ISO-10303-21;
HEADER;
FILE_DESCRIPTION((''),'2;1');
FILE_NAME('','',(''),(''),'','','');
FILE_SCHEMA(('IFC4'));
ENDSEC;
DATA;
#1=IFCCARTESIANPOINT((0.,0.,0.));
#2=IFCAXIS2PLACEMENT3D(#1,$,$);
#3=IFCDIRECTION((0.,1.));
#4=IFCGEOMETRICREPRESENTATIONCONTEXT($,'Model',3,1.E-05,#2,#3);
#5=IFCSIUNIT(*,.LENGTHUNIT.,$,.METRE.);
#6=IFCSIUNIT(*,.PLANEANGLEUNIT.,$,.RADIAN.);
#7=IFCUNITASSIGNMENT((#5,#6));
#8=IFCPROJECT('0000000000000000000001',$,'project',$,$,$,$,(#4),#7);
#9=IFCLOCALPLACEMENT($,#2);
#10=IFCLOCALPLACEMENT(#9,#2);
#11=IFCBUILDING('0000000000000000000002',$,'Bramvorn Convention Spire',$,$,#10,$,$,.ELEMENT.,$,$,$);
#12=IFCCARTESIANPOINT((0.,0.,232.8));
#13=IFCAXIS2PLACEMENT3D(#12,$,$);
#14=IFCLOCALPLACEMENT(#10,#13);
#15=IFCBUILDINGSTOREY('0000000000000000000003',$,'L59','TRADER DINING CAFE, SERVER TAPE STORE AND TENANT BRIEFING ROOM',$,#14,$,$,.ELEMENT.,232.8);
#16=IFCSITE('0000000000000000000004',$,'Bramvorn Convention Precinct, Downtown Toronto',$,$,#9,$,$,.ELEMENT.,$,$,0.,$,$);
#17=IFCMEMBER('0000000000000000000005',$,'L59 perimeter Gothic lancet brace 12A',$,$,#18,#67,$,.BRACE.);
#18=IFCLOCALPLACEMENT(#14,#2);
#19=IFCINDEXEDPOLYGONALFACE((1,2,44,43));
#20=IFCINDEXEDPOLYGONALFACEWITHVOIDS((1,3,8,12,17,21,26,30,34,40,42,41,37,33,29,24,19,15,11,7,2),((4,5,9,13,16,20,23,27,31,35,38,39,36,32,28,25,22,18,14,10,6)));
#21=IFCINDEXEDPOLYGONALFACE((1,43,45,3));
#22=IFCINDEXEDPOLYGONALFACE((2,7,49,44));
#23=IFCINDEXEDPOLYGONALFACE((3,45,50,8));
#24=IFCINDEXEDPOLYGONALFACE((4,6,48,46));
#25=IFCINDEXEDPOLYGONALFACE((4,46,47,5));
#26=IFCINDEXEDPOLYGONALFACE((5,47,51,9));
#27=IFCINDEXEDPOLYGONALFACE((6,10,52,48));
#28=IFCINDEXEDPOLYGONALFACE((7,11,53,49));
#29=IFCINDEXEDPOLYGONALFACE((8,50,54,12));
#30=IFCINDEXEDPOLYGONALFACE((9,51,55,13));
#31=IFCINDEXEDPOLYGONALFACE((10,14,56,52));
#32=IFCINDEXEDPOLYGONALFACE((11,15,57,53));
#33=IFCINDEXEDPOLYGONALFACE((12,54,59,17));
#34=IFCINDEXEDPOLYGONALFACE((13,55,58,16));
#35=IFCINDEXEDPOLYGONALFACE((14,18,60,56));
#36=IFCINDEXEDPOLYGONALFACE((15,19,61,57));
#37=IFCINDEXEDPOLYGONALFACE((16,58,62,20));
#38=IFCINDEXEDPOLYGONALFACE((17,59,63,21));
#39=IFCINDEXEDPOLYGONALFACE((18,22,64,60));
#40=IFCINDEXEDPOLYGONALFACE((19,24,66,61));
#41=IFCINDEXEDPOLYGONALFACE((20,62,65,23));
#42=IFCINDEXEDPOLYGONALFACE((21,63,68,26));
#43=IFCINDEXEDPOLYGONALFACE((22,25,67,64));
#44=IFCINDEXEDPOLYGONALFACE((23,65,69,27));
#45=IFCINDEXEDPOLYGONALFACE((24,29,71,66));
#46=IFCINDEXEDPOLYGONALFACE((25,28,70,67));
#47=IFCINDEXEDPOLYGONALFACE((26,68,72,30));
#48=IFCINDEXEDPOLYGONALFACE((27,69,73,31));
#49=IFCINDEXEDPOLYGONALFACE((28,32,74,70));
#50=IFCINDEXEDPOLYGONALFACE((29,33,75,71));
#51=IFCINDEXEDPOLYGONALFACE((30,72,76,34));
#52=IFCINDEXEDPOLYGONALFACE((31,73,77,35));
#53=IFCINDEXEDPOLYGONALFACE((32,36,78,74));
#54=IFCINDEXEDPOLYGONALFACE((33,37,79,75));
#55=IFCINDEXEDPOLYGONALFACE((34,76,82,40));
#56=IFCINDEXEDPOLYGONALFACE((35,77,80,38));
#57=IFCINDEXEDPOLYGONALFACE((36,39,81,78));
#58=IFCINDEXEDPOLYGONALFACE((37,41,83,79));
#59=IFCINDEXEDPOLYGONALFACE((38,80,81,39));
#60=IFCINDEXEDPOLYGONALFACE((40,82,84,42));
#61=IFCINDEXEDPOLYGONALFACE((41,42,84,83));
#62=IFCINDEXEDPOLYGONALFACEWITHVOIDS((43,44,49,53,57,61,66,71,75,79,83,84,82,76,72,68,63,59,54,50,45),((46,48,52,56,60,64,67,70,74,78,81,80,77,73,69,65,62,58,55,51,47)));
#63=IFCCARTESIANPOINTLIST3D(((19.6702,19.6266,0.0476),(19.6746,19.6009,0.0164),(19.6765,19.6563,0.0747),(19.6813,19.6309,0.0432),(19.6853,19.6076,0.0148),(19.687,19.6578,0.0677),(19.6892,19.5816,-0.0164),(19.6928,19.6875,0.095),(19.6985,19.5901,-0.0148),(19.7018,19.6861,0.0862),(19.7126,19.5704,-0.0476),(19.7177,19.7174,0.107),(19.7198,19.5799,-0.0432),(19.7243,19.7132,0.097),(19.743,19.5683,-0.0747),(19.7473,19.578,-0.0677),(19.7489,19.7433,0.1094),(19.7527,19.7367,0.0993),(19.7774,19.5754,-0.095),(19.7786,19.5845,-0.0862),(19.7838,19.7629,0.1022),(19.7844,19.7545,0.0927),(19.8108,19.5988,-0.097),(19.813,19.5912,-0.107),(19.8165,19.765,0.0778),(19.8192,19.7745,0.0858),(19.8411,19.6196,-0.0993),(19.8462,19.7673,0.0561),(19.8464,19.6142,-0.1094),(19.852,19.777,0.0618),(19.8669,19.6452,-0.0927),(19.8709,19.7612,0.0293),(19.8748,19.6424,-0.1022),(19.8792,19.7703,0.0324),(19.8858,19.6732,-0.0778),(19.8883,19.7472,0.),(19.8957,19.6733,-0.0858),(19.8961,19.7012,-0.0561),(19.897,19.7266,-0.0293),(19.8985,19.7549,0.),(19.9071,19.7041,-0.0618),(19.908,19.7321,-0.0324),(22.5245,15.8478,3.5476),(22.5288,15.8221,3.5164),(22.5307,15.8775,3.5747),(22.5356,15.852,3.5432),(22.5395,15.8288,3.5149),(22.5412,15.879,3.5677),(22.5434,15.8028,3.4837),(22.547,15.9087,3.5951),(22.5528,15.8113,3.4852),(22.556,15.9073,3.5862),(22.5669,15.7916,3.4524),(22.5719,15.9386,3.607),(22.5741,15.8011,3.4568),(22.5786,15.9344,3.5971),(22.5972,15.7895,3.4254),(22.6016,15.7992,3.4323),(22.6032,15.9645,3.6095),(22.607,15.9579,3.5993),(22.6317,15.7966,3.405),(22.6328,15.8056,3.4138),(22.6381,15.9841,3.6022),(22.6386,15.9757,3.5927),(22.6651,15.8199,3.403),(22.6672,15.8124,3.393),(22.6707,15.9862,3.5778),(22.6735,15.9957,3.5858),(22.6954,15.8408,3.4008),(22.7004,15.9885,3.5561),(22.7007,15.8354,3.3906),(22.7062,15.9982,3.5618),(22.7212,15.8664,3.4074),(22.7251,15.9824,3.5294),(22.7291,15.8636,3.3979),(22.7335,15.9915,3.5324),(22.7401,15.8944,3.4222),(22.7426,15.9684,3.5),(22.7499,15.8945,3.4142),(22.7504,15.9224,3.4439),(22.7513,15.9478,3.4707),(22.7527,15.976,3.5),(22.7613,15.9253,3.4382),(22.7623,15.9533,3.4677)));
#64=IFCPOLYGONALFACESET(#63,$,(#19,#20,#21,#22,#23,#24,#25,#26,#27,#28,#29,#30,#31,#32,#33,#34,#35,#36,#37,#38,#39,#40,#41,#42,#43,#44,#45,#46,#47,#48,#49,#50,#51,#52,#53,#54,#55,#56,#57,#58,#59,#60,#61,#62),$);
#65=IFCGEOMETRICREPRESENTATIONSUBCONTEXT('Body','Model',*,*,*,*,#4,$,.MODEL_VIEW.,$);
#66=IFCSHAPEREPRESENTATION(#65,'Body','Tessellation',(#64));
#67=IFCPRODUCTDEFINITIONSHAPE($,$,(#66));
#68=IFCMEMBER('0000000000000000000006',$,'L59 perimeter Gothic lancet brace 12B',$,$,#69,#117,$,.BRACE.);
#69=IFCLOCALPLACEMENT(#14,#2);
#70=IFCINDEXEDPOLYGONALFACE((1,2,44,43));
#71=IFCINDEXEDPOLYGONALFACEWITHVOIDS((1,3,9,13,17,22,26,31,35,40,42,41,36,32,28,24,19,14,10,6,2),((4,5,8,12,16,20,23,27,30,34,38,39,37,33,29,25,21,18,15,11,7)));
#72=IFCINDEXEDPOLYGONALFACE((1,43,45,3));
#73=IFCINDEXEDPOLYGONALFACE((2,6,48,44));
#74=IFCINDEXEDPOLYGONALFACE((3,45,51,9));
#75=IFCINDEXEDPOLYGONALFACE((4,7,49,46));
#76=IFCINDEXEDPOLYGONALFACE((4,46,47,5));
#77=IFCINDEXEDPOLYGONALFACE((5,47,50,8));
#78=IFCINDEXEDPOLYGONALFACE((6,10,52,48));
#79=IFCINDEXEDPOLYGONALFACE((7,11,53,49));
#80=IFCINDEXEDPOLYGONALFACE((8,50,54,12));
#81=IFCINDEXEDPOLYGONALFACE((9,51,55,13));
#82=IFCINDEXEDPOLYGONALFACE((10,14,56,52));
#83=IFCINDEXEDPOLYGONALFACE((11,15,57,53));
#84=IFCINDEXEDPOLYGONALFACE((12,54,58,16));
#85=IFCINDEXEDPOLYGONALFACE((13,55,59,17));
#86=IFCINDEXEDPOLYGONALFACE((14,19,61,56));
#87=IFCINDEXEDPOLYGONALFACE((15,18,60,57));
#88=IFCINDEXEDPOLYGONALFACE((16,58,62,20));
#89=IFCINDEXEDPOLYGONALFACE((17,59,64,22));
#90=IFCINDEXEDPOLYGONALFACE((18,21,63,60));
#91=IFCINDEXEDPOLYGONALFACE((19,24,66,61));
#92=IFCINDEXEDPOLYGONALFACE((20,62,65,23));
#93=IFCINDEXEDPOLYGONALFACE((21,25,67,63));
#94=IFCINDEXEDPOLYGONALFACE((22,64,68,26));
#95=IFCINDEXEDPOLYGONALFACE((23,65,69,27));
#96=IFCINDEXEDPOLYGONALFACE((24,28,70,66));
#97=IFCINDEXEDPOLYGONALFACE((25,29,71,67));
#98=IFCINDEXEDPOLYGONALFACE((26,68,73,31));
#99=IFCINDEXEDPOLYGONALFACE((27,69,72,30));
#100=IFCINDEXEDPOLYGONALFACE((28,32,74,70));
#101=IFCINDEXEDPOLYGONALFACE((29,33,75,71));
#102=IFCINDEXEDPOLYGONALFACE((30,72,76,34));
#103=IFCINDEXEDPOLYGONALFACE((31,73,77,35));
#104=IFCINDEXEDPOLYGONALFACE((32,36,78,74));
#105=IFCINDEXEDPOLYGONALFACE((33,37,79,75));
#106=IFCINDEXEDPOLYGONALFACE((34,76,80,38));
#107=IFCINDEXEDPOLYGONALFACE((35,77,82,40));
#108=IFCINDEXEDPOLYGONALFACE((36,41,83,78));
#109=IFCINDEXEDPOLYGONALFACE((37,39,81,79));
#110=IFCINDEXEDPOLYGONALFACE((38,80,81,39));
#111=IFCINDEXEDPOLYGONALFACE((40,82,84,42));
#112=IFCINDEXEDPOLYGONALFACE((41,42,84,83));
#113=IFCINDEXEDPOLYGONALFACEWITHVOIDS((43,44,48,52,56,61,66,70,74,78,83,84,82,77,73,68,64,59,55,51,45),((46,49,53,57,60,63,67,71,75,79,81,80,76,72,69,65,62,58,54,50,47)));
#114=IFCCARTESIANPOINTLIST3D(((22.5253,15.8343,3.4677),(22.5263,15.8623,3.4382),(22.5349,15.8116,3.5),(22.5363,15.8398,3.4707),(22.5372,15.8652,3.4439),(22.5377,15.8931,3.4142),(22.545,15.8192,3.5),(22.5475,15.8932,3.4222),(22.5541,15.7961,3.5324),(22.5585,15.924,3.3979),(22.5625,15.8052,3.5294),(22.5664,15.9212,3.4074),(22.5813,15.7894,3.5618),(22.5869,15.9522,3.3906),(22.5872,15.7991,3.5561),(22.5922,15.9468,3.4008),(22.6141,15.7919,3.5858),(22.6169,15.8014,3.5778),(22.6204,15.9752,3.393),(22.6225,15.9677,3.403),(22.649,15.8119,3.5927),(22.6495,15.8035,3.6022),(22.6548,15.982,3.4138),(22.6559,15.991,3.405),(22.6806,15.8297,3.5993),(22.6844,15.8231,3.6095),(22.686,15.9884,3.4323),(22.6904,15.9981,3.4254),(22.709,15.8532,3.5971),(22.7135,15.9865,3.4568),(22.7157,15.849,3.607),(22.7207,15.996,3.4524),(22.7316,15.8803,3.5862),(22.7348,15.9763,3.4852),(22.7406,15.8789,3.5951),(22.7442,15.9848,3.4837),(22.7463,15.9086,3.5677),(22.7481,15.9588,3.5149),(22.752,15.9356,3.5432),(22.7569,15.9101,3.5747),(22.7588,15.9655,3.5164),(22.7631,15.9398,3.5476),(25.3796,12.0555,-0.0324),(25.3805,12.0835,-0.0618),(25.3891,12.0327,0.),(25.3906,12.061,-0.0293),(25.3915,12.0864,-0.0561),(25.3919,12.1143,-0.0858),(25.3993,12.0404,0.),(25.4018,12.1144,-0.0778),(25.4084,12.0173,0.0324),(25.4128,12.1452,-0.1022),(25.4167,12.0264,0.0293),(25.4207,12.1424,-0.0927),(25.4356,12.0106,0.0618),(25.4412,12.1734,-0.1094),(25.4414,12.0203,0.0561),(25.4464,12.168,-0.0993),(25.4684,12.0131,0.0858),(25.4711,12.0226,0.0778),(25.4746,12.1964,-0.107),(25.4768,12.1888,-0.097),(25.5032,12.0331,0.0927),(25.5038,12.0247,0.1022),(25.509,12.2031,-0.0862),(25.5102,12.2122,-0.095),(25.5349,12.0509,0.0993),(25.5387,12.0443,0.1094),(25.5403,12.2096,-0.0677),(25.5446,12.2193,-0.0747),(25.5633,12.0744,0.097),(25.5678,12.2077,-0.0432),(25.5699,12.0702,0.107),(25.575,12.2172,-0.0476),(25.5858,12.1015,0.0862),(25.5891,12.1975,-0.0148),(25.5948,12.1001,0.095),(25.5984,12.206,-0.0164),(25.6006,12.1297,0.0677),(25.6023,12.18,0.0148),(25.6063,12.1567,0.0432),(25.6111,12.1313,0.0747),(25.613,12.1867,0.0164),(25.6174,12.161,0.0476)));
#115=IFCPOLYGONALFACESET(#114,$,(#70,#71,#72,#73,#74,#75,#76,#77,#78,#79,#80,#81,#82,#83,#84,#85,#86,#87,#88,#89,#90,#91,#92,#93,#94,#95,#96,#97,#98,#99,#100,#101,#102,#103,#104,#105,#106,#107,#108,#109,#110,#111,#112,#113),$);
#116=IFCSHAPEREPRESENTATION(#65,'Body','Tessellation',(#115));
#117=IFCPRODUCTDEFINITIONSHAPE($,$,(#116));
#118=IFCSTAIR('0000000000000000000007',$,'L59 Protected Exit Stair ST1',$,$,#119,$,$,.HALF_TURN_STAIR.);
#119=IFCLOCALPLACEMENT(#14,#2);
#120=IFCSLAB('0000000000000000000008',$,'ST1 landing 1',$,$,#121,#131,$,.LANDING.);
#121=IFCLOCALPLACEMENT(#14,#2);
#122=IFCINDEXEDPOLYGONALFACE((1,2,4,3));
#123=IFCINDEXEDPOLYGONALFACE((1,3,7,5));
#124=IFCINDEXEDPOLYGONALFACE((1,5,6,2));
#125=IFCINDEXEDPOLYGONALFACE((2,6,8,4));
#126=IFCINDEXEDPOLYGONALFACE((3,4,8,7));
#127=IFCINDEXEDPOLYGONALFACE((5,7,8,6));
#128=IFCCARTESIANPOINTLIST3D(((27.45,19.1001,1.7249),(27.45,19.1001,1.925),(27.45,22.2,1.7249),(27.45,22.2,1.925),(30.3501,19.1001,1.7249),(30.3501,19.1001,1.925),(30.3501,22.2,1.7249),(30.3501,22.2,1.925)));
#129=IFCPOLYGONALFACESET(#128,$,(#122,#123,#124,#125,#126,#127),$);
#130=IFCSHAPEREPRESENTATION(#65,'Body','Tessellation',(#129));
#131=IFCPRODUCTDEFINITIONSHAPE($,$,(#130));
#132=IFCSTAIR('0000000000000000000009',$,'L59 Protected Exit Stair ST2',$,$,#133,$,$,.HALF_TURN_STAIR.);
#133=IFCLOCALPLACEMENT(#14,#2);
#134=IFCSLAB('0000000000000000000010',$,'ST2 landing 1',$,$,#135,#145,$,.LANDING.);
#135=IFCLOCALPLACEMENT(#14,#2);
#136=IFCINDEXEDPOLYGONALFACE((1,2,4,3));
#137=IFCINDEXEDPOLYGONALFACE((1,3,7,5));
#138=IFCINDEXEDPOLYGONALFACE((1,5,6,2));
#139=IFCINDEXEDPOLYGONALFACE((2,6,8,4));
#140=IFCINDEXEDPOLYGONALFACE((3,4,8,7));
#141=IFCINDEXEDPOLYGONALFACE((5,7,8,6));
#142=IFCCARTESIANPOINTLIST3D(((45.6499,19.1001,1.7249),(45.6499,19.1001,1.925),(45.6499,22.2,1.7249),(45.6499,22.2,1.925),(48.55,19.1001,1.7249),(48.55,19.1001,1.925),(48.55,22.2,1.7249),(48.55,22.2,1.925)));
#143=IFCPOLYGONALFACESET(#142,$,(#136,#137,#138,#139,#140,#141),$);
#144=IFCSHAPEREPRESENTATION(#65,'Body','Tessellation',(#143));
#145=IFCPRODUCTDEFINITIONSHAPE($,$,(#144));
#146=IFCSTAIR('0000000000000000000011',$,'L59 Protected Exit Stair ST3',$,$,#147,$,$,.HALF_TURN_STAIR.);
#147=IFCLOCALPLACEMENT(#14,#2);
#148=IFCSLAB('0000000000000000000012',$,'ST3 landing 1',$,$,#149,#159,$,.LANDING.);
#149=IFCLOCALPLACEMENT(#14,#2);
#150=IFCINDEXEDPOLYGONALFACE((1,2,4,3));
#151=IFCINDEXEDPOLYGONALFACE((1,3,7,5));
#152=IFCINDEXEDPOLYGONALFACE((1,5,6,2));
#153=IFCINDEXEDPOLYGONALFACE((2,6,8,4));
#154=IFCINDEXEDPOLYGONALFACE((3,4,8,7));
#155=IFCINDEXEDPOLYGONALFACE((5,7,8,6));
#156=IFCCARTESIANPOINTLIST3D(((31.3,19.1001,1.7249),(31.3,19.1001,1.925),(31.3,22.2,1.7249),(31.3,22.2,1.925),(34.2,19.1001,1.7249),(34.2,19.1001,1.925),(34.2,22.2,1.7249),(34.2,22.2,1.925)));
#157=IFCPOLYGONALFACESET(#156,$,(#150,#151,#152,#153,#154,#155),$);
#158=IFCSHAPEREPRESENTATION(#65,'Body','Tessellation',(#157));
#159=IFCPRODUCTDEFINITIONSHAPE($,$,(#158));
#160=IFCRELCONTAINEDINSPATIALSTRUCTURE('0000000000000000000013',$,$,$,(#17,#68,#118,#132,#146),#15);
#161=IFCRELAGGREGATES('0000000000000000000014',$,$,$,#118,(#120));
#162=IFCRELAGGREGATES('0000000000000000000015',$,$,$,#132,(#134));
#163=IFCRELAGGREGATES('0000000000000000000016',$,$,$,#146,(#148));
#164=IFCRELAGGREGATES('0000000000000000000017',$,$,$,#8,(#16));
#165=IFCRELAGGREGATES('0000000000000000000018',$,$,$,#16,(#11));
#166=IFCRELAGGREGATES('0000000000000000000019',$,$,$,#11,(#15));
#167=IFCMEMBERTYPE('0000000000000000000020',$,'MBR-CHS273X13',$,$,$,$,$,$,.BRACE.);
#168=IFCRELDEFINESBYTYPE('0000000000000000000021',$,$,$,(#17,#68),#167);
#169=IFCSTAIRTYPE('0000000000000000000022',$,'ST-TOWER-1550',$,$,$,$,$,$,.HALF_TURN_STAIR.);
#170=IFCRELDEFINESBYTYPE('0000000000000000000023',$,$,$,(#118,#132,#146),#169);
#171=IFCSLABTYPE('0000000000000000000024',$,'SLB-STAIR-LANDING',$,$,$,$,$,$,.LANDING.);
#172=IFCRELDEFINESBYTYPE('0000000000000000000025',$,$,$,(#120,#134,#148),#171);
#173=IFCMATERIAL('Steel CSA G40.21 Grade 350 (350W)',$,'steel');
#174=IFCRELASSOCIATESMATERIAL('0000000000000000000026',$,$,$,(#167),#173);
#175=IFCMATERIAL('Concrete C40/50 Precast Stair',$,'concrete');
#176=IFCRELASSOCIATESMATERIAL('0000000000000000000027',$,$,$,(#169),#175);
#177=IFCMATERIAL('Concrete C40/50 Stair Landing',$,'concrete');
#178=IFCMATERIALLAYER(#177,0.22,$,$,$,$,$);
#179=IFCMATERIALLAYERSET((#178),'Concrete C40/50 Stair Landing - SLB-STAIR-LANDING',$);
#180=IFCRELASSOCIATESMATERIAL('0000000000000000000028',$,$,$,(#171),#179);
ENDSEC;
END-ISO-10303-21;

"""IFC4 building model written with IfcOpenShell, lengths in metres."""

from ifc_helpers import new_model, si_unit, direction, frame, origin, origin_2d, place, context, subcontext, project, spatial, polyline, hollow_circle, outline, extrude, material, layer, layer_set, material_profile, profile_set, type_object, element, aggregate, save


model = new_model("IFC4")

# Units and contexts
model_context = context("Model", 3, precision=1e-05, world=origin(), true_north=direction((0.0, 1.0)))
body_context = subcontext(model_context, "Body", "Model", "MODEL_VIEW")
ifc_project = project(units=[si_unit("LENGTHUNIT", "METRE"), si_unit("PLANEANGLEUNIT", "RADIAN")], contexts=[model_context])

# Site, building, storey
site_placement = place(None, origin())
site = spatial("IfcSite", under=ifc_project, at=site_placement, Name="Bramvorn Convention Precinct, Downtown Toronto", CompositionType="ELEMENT", RefElevation=0.0)
building_placement = place(site_placement, origin())
building = spatial("IfcBuilding", under=site, at=building_placement, Name="Bramvorn Convention Spire", CompositionType="ELEMENT")
storey_placement = place(building_placement, frame((0.0, 0.0, 232.8)))
storey = spatial("IfcBuildingStorey", under=building, at=storey_placement, Name="L59", Description="TRADER DINING CAFE, SERVER TAPE STORE AND TENANT BRIEFING ROOM", CompositionType="ELEMENT", Elevation=232.8)

# Shared definitions
ifc_material_1 = material(Name="Steel CSA G40.21 Grade 350 (350W)", Category="steel")

# Members
ifc_material_profile_1 = material_profile(ifc_material_1, hollow_circle(Radius=0.1365, WallThickness=0.0127, at=origin_2d()))
ifc_profile_set_1 = profile_set([ifc_material_profile_1], Name="Steel CSA G40.21 Grade 350 (350W) - CHS273X13")
member_type_1 = type_object("IfcMemberType", Name="MBR-CHS273X13", PredefinedType="BRACE", material=ifc_profile_set_1)
for number, where, z_axis, x_axis, name in (
    (1, (19.7896, 19.6726, 0.0), (0.484704, -0.641711, 0.594364), (0.797954, 0.602719, 0.0), "L59 perimeter Gothic lancet brace 12A"),
    (2, (25.498, 12.115, 0.0), (-0.484704, 0.641711, 0.594364), (-0.797954, -0.602719, 0.0), "L59 perimeter Gothic lancet brace 12B"),
):
    element("IfcMember", number, at=place(storey_placement, frame(where, z_axis=z_axis, x_axis=x_axis)), inside=storey, type_object=member_type_1, Name=name, PredefinedType="BRACE", context=body_context, shape_type="SweptSolid", body=[
        extrude(hollow_circle(Radius=0.1365, WallThickness=0.0127, at=origin_2d()), origin(), (0.0, 0.0, 1.0), 5.8887),
    ])

# Stairs, slabs
ifc_material_2 = material(Name="Concrete C40/50 Precast Stair", Category="concrete")
stair_type = type_object("IfcStairType", Name="ST-TOWER-1550", PredefinedType="HALF_TURN_STAIR", material=ifc_material_2)
stair_1_placement = place(storey_placement, origin())
stair_1 = element("IfcStair", 3, at=stair_1_placement, inside=storey, type_object=stair_type, Name="L59 Protected Exit Stair ST1", PredefinedType="HALF_TURN_STAIR")
ifc_material_3 = material(Name="Concrete C40/50 Stair Landing", Category="concrete")
ifc_layer_1 = layer(ifc_material_3, 0.22)
ifc_layer_set_1 = layer_set([ifc_layer_1], Name="Concrete C40/50 Stair Landing - SLB-STAIR-LANDING")
slab_type_1 = type_object("IfcSlabType", Name="SLB-STAIR-LANDING", PredefinedType="LANDING", material=ifc_layer_set_1)
slab_1_placement = place(storey_placement, frame((0.0, 0.0, 1.7249)))
slab_1 = element("IfcSlab", 4, at=slab_1_placement, type_object=slab_type_1, Name="ST1 landing 1", PredefinedType="LANDING", context=body_context, shape_type="SweptSolid", body=[
    extrude(outline(polyline([(27.45, 22.2), (27.45, 19.1001), (30.3501, 19.1001), (30.3501, 22.2), (27.45, 22.2)])), origin(), (0.0, 0.0, 1.0), 0.2002),
])
aggregate(stair_1, [slab_1])
stair_2_placement = place(storey_placement, origin())
stair_2 = element("IfcStair", 5, at=stair_2_placement, inside=storey, type_object=stair_type, Name="L59 Protected Exit Stair ST2", PredefinedType="HALF_TURN_STAIR")
slab_2_placement = place(storey_placement, frame((0.0, 0.0, 1.7249)))
slab_2 = element("IfcSlab", 6, at=slab_2_placement, type_object=slab_type_1, Name="ST2 landing 1", PredefinedType="LANDING", context=body_context, shape_type="SweptSolid", body=[
    extrude(outline(polyline([(45.6499, 22.2), (45.6499, 19.1001), (48.55, 19.1001), (48.55, 22.2), (45.6499, 22.2)])), origin(), (0.0, 0.0, 1.0), 0.2002),
])
aggregate(stair_2, [slab_2])
stair_3_placement = place(storey_placement, origin())
stair_3 = element("IfcStair", 7, at=stair_3_placement, inside=storey, type_object=stair_type, Name="L59 Protected Exit Stair ST3", PredefinedType="HALF_TURN_STAIR")
slab_3_placement = place(storey_placement, frame((0.0, 0.0, 1.7249)))
slab_3 = element("IfcSlab", 8, at=slab_3_placement, type_object=slab_type_1, Name="ST3 landing 1", PredefinedType="LANDING", context=body_context, shape_type="SweptSolid", body=[
    extrude(outline(polyline([(31.3, 22.2), (31.3, 19.1001), (34.2, 19.1001), (34.2, 22.2), (31.3, 22.2)])), origin(), (0.0, 0.0, 1.0), 0.2002),
])
aggregate(stair_3, [slab_3])

save(model, "model.ifc")
